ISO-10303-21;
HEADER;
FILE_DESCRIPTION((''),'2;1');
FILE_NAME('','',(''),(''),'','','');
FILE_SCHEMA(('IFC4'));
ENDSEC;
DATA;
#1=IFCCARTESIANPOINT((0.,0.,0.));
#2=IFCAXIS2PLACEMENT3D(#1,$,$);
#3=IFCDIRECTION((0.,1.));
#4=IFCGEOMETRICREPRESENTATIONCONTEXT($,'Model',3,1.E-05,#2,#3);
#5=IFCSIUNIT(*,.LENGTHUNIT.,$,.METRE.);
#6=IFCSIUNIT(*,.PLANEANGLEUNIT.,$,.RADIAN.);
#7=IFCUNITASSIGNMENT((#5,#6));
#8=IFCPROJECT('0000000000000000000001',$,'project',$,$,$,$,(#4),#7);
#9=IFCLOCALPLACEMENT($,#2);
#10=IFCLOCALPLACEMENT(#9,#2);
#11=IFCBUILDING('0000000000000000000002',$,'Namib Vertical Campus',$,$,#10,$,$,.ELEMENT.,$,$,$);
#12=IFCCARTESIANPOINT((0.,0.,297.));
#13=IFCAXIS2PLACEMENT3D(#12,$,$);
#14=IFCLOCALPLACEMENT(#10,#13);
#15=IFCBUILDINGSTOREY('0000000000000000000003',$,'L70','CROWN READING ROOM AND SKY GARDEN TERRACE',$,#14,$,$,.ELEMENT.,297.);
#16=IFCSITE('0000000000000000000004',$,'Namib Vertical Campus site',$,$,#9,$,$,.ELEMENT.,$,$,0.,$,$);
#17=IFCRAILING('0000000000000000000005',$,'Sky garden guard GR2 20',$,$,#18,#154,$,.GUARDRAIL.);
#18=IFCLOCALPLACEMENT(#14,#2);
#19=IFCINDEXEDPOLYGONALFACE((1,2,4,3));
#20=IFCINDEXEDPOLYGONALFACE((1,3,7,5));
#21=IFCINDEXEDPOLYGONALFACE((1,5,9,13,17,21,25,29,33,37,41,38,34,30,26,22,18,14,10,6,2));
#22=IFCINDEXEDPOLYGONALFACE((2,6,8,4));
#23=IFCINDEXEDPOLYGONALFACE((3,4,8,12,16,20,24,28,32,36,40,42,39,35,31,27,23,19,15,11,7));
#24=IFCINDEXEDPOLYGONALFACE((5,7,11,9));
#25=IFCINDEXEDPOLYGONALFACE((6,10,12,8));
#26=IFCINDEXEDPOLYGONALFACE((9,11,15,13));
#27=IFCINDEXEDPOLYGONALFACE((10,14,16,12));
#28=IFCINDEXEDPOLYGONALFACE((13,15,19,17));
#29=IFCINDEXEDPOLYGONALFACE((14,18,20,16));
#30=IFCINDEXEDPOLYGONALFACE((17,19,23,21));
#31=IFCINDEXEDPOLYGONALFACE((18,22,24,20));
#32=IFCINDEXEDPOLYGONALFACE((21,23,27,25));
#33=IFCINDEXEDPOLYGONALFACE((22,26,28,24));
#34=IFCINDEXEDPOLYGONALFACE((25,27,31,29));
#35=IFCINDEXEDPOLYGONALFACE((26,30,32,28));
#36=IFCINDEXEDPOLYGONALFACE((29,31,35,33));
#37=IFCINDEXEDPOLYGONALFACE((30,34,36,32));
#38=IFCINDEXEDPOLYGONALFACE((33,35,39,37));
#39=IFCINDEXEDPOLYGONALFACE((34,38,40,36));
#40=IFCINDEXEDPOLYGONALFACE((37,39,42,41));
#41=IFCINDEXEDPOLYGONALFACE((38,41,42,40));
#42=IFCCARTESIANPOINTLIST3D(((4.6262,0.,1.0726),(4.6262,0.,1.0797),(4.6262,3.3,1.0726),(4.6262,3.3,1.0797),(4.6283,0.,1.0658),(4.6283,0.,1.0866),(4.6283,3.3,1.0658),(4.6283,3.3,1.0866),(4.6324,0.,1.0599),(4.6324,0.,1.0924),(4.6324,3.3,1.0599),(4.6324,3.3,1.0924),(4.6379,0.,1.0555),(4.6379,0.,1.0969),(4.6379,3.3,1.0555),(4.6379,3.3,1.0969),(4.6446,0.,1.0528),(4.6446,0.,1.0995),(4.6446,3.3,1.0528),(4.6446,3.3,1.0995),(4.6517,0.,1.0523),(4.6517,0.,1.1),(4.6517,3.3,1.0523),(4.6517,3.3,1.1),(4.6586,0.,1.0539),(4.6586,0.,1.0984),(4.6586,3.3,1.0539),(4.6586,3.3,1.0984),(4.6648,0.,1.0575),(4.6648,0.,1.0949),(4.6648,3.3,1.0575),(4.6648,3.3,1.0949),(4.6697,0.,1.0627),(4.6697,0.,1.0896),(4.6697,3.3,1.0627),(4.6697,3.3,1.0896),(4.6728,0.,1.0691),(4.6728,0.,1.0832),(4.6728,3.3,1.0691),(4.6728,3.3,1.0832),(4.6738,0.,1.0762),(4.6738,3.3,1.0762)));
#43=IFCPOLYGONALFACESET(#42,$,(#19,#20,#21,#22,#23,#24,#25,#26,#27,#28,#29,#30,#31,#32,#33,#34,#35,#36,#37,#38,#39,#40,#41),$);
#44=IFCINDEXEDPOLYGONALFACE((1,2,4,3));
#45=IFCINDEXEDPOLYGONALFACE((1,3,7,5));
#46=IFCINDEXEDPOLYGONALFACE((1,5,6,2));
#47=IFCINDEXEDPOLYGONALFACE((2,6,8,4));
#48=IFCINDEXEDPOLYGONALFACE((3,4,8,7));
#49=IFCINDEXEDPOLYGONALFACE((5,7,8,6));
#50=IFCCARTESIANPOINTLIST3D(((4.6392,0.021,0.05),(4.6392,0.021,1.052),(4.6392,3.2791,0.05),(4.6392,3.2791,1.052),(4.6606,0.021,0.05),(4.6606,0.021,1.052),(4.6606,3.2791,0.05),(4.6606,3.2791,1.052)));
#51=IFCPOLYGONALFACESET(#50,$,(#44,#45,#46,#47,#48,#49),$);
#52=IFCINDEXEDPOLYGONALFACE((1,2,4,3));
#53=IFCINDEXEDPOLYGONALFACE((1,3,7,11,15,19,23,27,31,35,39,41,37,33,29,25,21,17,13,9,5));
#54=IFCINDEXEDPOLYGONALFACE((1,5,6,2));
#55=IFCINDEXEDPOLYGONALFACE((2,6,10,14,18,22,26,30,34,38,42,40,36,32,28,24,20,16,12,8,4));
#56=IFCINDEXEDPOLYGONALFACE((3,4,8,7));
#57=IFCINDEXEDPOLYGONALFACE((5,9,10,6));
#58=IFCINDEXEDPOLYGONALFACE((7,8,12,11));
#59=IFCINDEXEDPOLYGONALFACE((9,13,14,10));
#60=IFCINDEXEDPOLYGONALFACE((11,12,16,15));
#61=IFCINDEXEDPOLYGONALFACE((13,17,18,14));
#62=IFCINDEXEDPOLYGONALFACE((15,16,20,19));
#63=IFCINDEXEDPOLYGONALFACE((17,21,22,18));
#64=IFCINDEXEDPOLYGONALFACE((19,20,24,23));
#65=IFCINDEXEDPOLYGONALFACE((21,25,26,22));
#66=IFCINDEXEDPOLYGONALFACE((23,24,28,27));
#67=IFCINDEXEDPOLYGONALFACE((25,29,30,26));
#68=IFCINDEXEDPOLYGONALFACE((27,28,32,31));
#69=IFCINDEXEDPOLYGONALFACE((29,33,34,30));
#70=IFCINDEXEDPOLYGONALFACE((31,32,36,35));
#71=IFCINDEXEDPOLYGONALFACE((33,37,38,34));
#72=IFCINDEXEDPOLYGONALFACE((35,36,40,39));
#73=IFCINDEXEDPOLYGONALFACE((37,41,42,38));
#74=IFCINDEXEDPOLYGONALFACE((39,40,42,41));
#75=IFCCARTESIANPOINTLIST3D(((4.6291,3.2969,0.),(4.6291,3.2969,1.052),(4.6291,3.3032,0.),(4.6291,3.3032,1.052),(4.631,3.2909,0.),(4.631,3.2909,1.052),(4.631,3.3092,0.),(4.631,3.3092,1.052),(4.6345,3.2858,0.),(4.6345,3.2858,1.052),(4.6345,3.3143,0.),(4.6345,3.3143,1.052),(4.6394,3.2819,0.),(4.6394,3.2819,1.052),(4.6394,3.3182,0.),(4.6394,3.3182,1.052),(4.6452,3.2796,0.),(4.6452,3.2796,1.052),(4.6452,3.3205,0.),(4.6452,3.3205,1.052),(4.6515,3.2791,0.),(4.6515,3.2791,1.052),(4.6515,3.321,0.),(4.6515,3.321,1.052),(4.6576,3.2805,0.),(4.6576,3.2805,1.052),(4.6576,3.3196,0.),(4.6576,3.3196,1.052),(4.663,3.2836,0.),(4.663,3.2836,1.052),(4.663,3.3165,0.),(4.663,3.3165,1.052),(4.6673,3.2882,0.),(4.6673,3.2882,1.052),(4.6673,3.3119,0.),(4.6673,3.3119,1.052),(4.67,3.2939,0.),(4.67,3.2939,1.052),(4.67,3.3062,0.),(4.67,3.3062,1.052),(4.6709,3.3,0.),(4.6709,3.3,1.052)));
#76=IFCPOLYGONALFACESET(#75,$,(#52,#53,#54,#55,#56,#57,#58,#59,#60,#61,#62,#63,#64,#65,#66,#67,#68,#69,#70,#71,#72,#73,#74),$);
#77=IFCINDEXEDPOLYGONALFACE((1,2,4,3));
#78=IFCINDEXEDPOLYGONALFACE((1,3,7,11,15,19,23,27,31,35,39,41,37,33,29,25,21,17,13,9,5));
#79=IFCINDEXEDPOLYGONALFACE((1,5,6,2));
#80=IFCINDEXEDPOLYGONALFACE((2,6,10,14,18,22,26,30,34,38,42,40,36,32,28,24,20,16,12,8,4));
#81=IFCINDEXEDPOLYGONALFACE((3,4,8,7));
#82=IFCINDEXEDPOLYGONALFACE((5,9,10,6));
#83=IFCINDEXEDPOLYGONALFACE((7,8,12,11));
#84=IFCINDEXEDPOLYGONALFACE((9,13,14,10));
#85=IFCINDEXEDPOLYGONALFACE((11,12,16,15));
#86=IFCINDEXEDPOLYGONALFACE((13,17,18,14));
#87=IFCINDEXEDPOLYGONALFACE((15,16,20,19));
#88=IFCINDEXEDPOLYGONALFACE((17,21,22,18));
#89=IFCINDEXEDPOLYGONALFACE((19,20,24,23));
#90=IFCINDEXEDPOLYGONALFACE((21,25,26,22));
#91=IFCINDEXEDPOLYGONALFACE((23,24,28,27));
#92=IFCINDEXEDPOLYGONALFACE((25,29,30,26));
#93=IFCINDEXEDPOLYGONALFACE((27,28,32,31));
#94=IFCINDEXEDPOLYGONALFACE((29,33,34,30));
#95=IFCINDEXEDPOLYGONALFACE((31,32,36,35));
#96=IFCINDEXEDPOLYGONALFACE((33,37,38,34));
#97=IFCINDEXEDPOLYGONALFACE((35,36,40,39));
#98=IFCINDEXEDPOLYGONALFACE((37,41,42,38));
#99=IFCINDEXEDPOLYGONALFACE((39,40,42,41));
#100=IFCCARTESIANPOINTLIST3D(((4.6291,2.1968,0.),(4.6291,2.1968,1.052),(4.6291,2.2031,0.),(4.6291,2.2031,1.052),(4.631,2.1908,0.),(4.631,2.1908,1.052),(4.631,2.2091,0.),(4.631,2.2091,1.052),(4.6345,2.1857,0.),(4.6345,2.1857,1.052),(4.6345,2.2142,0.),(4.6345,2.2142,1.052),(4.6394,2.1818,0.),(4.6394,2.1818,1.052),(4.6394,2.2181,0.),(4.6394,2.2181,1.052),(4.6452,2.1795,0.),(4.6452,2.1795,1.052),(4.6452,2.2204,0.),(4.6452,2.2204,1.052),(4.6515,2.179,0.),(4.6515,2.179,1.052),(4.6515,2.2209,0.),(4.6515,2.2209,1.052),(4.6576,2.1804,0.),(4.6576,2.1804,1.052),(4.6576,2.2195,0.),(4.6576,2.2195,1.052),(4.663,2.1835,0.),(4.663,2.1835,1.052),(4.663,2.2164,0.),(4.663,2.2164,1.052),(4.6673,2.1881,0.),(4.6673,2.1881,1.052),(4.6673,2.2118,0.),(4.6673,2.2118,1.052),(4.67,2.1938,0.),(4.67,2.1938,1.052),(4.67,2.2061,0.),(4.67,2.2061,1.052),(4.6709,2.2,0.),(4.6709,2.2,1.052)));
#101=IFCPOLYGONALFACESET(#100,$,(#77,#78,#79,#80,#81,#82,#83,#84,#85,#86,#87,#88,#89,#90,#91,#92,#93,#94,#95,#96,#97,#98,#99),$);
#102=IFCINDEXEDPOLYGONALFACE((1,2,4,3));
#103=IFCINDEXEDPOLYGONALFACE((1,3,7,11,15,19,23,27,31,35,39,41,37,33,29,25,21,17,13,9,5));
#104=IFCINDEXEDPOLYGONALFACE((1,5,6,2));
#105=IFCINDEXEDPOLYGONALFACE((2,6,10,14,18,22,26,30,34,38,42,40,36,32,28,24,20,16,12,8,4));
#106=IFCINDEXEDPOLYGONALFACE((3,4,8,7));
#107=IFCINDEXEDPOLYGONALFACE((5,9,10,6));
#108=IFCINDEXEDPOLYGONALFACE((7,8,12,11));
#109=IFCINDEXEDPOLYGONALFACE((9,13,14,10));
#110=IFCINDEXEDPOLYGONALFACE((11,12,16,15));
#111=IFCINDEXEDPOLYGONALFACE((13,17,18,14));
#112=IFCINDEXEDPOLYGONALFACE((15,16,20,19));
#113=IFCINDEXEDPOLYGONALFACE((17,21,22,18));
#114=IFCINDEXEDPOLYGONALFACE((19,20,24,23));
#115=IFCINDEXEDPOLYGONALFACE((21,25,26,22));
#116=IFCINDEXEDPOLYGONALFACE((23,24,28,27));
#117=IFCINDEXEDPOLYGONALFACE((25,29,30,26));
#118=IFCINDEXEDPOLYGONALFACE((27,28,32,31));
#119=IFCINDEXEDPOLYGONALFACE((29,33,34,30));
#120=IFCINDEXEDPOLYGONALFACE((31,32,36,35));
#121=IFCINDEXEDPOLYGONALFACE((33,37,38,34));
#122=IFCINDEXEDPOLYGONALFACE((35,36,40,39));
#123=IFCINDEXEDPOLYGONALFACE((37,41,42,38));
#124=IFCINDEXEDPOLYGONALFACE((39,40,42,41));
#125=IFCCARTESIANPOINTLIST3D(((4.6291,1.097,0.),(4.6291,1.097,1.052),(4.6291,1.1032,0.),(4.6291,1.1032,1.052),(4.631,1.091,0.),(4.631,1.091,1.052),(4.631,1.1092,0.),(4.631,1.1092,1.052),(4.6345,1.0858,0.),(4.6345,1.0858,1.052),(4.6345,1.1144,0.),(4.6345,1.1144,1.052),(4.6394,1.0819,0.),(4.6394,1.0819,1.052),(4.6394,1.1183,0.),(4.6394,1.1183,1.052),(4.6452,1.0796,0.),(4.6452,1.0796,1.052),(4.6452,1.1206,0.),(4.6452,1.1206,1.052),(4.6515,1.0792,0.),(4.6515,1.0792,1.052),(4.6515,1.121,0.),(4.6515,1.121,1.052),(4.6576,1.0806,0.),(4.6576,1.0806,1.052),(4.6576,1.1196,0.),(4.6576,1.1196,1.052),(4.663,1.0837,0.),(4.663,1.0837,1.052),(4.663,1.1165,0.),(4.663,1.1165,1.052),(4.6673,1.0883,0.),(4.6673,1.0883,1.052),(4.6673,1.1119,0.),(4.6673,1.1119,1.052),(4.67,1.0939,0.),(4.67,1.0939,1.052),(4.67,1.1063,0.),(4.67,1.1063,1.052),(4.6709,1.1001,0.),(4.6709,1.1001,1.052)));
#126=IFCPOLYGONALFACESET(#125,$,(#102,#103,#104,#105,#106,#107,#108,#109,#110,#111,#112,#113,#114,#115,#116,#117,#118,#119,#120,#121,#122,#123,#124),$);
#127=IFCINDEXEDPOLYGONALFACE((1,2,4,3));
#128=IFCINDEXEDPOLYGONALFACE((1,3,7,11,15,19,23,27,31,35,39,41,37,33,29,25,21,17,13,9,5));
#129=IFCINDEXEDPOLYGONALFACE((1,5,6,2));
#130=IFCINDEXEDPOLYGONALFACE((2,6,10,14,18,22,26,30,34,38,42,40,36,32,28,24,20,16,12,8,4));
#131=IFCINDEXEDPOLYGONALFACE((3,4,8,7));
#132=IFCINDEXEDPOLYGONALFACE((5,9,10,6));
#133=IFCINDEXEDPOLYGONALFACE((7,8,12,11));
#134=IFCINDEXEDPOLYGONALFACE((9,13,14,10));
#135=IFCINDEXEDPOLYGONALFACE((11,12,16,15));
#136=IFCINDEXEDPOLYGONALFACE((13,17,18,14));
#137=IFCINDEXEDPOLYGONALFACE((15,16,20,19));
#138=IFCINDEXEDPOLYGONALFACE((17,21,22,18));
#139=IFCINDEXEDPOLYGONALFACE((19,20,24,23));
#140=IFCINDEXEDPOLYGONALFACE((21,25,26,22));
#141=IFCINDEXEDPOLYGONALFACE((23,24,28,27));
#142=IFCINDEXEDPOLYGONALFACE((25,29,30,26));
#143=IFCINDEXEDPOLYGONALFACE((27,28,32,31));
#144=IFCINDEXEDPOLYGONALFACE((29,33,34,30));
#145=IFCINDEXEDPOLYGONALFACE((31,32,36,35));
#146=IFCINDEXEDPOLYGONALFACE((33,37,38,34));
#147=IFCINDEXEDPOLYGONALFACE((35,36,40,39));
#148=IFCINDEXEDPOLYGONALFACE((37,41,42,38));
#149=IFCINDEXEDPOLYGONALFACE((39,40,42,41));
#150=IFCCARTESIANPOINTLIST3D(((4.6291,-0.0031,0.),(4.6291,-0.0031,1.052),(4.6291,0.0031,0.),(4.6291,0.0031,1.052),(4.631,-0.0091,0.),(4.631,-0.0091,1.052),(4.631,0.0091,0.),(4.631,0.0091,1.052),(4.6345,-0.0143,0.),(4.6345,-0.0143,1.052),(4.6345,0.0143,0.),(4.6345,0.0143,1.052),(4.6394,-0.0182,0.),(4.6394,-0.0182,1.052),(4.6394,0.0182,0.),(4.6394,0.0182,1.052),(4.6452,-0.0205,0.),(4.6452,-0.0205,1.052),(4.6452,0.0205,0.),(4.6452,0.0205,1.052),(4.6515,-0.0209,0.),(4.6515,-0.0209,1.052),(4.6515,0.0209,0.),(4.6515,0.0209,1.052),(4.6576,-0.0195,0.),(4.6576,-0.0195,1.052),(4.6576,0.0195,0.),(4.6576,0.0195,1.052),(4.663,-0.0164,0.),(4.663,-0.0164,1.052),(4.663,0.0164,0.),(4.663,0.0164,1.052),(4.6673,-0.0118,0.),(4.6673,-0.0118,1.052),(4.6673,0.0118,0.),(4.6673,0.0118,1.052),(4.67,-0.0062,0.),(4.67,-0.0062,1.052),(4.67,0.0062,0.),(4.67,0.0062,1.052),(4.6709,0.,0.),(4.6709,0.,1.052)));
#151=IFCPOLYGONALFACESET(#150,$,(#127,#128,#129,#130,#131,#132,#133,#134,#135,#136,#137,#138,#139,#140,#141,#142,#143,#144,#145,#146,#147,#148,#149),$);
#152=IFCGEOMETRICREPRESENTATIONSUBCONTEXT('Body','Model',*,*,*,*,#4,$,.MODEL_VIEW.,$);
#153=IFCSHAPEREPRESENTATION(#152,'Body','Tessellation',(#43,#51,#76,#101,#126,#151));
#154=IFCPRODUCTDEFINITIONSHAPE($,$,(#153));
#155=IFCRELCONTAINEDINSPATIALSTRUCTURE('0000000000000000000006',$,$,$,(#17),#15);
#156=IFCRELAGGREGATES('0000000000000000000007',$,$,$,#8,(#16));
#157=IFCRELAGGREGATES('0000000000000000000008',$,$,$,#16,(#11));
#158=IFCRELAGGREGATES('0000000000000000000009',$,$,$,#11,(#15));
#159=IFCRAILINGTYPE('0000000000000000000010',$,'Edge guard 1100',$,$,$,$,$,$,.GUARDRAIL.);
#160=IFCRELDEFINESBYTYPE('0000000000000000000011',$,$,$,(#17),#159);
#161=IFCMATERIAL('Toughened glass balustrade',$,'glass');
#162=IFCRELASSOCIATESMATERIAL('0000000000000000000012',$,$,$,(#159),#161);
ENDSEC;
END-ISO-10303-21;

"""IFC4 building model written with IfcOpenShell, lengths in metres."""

from ifc_helpers import new_model, si_unit, direction, frame, origin, origin_2d, place, context, subcontext, project, spatial, polyline, circle, outline, extrude, material, type_object, element, save


model = new_model("IFC4")

# Units and contexts
model_context = context("Model", 3, precision=1e-05, world=origin(), true_north=direction((0.0, 1.0)))
body_context = subcontext(model_context, "Body", "Model", "MODEL_VIEW")
ifc_project = project(units=[si_unit("LENGTHUNIT", "METRE"), si_unit("PLANEANGLEUNIT", "RADIAN")], contexts=[model_context])

# Site, building, storey
site_placement = place(None, origin())
site = spatial("IfcSite", under=ifc_project, at=site_placement, Name="Namib Vertical Campus site", CompositionType="ELEMENT", RefElevation=0.0)
building_placement = place(site_placement, origin())
building = spatial("IfcBuilding", under=site, at=building_placement, Name="Namib Vertical Campus", CompositionType="ELEMENT")
storey_placement = place(building_placement, frame((0.0, 0.0, 297.0)))
storey = spatial("IfcBuildingStorey", under=building, at=storey_placement, Name="L70", Description="CROWN READING ROOM AND SKY GARDEN TERRACE", CompositionType="ELEMENT", Elevation=297.0)

# Railing
ifc_material_1 = material(Name="Toughened glass balustrade", Category="glass")
railing_type = type_object("IfcRailingType", Name="Edge guard 1100", PredefinedType="GUARDRAIL", material=ifc_material_1)
railing_1_placement = place(storey_placement, frame((4.6499, 3.3, 0.0)))
element("IfcRailing", 1, at=railing_1_placement, inside=storey, type_object=railing_type, Name="Sky garden guard GR2 20", PredefinedType="GUARDRAIL", context=body_context, shape_type="SweptSolid", body=[
    extrude(circle(Radius=0.0239, at=origin_2d()), frame((0.0, 0.0, 1.0762), z_axis=(0.0, -1.0, 0.0), x_axis=(1.0, 0.0, 0.0)), (0.0, 0.0, 1.0), 3.3),
    extrude(outline(polyline([(0.021, 0.05), (3.2791, 0.05), (3.2791, 1.052), (0.021, 1.052), (0.021, 0.05)])), frame((0.0107, 0.0, 0.0), z_axis=(-1.0, 0.0, 0.0), x_axis=(0.0, -1.0, 0.0)), (0.0, 0.0, 1.0), 0.0215),
    extrude(circle(Radius=0.021, at=origin_2d()), origin(), (0.0, 0.0, 1.0), 1.052),
    extrude(circle(Radius=0.021, at=origin_2d()), frame((0.0, -1.1001, 0.0)), (0.0, 0.0, 1.0), 1.052),
    extrude(circle(Radius=0.021, at=origin_2d()), frame((0.0, -2.2, 0.0)), (0.0, 0.0, 1.0), 1.052),
    extrude(circle(Radius=0.021, at=origin_2d()), frame((0.0, -3.3, 0.0)), (0.0, 0.0, 1.0), 1.052),
])

save(model, "model.ifc")
